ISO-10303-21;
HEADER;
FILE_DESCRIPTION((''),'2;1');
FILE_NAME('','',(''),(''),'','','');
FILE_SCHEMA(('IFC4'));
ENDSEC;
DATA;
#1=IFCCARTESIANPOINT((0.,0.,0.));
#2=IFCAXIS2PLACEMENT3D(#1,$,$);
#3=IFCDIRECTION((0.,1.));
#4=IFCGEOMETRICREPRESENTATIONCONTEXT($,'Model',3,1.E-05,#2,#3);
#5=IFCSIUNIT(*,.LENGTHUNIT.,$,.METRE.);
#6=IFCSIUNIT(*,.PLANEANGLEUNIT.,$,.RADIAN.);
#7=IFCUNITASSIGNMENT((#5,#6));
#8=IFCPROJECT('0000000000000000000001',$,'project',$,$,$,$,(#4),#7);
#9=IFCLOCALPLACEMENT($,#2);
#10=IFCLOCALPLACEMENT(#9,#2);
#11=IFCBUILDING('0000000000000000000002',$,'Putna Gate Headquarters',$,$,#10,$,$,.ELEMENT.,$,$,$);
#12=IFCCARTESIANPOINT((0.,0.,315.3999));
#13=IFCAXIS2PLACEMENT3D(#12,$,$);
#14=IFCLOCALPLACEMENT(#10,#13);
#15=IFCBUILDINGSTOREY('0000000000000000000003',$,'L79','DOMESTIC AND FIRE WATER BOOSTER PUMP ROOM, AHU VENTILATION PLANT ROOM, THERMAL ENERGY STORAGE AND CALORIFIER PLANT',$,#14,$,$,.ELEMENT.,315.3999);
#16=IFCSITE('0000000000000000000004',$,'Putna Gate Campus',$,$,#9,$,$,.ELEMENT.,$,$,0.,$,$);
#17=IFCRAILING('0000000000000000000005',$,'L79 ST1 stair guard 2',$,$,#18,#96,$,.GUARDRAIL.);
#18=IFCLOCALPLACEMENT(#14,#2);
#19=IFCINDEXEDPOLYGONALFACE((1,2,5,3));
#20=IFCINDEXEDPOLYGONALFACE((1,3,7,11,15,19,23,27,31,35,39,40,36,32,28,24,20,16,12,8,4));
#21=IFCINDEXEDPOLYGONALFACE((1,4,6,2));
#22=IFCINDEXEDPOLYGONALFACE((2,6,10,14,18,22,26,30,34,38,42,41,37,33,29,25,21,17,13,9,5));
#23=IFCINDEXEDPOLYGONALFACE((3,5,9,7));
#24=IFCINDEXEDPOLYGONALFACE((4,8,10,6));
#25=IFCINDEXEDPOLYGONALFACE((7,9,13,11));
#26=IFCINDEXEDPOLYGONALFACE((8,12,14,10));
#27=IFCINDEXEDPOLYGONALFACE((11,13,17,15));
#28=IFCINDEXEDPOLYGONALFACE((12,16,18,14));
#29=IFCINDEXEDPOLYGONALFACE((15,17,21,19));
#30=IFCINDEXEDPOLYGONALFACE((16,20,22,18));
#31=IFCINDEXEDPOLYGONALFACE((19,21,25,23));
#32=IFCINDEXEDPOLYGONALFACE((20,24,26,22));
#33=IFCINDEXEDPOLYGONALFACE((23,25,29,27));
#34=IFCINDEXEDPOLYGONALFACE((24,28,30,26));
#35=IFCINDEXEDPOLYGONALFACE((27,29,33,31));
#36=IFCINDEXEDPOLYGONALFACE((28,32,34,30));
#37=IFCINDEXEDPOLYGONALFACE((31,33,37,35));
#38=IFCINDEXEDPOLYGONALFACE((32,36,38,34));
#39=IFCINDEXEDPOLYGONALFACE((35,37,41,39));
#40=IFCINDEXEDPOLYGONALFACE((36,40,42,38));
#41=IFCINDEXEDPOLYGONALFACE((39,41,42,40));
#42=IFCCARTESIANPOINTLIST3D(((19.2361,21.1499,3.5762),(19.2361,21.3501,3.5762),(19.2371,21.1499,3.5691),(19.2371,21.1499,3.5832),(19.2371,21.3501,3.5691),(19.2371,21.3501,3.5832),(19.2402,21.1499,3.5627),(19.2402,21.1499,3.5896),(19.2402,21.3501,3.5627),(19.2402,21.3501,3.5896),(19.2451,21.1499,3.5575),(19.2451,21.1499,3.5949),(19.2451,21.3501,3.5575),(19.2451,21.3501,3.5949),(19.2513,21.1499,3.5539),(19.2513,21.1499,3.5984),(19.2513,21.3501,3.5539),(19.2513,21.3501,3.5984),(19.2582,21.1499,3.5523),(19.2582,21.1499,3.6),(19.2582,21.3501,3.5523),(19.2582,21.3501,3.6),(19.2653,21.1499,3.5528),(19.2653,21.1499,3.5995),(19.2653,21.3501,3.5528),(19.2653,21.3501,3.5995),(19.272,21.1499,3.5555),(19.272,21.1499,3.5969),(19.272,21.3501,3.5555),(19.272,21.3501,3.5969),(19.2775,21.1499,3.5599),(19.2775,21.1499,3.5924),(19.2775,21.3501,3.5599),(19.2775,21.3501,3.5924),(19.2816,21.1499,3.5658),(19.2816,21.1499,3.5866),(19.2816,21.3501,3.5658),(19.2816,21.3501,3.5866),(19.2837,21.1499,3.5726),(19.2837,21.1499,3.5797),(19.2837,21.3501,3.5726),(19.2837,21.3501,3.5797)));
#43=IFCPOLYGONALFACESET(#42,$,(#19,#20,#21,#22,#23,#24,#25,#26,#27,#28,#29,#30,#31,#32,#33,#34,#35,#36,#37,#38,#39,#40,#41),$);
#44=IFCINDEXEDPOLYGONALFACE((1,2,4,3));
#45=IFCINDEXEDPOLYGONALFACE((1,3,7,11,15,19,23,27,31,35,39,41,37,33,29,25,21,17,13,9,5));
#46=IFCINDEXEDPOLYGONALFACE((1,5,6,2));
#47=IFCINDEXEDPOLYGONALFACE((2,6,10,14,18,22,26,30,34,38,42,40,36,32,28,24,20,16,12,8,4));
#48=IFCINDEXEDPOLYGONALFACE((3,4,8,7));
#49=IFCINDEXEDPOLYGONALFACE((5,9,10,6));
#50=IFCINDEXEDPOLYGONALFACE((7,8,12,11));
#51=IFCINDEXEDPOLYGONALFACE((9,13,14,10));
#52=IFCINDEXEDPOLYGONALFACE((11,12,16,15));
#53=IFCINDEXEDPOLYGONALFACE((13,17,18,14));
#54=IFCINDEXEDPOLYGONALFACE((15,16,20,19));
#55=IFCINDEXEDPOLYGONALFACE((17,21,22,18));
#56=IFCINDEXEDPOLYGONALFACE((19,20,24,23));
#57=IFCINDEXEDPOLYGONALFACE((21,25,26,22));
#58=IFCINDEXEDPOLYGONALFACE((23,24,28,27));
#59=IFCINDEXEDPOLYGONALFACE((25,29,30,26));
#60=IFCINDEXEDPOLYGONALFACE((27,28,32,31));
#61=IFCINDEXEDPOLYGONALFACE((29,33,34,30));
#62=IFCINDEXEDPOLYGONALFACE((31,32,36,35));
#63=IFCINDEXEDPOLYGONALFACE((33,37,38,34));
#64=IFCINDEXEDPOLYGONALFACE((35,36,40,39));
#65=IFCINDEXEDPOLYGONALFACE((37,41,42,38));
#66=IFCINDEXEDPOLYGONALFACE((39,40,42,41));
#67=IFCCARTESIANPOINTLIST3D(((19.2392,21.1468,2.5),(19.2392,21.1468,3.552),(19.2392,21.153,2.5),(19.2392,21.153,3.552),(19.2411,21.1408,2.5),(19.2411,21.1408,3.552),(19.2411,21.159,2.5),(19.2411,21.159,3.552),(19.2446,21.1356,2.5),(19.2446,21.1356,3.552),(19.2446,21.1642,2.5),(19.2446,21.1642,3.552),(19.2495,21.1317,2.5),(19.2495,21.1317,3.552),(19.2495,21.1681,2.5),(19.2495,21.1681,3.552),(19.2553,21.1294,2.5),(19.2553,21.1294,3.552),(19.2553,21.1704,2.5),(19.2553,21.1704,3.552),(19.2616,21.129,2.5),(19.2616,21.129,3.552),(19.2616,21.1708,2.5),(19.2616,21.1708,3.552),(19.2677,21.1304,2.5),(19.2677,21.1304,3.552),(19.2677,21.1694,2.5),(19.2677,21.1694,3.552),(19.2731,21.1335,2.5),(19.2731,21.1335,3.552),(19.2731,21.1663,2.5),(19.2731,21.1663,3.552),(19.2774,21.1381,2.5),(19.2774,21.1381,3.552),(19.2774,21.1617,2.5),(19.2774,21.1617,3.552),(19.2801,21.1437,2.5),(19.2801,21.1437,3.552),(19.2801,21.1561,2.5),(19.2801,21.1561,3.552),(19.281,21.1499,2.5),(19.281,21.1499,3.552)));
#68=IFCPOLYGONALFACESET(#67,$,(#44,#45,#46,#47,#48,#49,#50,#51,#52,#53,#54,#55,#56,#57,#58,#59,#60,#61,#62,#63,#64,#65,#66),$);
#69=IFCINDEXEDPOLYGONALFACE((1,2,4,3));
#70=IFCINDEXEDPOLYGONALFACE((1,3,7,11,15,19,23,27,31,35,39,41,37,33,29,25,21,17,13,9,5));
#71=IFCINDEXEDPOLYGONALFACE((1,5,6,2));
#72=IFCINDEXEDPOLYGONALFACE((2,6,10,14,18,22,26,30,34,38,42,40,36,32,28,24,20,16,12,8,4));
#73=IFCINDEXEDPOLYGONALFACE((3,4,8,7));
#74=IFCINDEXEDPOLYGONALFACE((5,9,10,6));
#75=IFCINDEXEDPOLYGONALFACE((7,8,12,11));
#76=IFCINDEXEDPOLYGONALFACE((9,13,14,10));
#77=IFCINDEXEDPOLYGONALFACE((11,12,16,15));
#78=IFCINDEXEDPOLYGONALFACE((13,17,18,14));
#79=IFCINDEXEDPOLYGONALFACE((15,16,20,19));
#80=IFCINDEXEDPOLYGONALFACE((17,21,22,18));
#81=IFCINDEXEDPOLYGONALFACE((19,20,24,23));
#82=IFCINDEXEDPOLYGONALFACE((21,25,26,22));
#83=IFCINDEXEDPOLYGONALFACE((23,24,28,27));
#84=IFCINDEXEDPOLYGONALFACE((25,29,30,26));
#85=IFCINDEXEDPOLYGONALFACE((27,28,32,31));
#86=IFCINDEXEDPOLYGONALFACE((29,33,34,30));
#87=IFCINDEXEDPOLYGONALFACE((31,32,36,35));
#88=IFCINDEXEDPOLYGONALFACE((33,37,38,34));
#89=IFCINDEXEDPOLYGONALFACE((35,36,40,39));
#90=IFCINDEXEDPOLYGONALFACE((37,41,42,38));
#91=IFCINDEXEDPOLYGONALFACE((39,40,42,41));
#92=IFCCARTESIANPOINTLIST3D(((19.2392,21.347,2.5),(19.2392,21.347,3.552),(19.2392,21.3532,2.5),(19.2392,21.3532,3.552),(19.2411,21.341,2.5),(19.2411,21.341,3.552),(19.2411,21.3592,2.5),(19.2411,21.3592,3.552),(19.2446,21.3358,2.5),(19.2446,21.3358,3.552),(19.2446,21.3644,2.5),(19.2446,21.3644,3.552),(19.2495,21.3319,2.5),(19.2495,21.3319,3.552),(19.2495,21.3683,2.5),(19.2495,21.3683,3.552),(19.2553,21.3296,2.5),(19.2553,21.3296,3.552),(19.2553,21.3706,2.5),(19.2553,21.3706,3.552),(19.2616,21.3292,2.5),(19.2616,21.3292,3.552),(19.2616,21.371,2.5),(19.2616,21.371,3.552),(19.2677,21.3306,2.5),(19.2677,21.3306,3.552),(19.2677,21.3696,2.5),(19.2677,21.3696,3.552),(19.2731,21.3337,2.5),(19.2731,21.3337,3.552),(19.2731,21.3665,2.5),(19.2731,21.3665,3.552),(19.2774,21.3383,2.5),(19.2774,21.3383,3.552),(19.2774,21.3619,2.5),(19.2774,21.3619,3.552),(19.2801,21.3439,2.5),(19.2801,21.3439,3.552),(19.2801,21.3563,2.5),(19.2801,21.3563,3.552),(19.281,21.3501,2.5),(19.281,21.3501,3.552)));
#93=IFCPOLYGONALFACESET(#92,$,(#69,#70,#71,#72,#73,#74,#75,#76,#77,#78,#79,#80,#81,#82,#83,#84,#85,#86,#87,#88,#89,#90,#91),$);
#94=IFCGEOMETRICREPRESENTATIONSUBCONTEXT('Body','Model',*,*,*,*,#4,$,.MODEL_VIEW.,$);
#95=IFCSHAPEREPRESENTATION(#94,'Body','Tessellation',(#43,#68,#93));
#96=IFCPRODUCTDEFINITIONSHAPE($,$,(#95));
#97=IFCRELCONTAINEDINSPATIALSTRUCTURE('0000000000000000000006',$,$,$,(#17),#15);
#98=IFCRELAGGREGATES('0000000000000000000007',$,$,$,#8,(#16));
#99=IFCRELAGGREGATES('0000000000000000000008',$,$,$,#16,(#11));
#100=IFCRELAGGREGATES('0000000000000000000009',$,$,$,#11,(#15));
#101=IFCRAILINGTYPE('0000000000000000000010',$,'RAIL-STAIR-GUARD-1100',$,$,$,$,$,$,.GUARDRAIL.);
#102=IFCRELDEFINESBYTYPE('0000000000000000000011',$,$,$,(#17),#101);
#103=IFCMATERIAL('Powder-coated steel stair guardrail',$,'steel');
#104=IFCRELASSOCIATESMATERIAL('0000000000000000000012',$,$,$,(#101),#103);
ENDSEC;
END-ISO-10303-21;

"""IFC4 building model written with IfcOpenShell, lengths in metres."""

from ifc_helpers import new_model, si_unit, direction, frame, origin, origin_2d, place, context, subcontext, project, spatial, circle, extrude, material, type_object, element, save


model = new_model("IFC4")

# Units and contexts
model_context = context("Model", 3, precision=1e-05, world=origin(), true_north=direction((0.0, 1.0)))
body_context = subcontext(model_context, "Body", "Model", "MODEL_VIEW")
ifc_project = project(units=[si_unit("LENGTHUNIT", "METRE"), si_unit("PLANEANGLEUNIT", "RADIAN")], contexts=[model_context])

# Site, building, storey
site_placement = place(None, origin())
site = spatial("IfcSite", under=ifc_project, at=site_placement, Name="Putna Gate Campus", CompositionType="ELEMENT", RefElevation=0.0)
building_placement = place(site_placement, origin())
building = spatial("IfcBuilding", under=site, at=building_placement, Name="Putna Gate Headquarters", CompositionType="ELEMENT")
storey_placement = place(building_placement, frame((0.0, 0.0, 315.3999)))
storey = spatial("IfcBuildingStorey", under=building, at=storey_placement, Name="L79", Description="DOMESTIC AND FIRE WATER BOOSTER PUMP ROOM, AHU VENTILATION PLANT ROOM, THERMAL ENERGY STORAGE AND CALORIFIER PLANT", CompositionType="ELEMENT", Elevation=315.3999)

# Railing
ifc_material_1 = material(Name="Powder-coated steel stair guardrail", Category="steel")
railing_type_1 = type_object("IfcRailingType", Name="RAIL-STAIR-GUARD-1100", PredefinedType="GUARDRAIL", material=ifc_material_1)
railing_1_placement = place(storey_placement, frame((19.26, 21.1499, 2.5)))
element("IfcRailing", 1, at=railing_1_placement, inside=storey, type_object=railing_type_1, Name="L79 ST1 stair guard 2", PredefinedType="GUARDRAIL", context=body_context, shape_type="SweptSolid", body=[
    extrude(circle(Radius=0.0239, at=origin_2d()), frame((0.0, 0.0, 1.0762), z_axis=(0.0, 1.0, 0.0), x_axis=(-1.0, 0.0, 0.0)), (0.0, 0.0, 1.0), 0.2002),
    extrude(circle(Radius=0.021, at=origin_2d()), origin(), (0.0, 0.0, 1.0), 1.052),
    extrude(circle(Radius=0.021, at=origin_2d()), frame((0.0, 0.2002, 0.0)), (0.0, 0.0, 1.0), 1.052),
])

save(model, "model.ifc")
